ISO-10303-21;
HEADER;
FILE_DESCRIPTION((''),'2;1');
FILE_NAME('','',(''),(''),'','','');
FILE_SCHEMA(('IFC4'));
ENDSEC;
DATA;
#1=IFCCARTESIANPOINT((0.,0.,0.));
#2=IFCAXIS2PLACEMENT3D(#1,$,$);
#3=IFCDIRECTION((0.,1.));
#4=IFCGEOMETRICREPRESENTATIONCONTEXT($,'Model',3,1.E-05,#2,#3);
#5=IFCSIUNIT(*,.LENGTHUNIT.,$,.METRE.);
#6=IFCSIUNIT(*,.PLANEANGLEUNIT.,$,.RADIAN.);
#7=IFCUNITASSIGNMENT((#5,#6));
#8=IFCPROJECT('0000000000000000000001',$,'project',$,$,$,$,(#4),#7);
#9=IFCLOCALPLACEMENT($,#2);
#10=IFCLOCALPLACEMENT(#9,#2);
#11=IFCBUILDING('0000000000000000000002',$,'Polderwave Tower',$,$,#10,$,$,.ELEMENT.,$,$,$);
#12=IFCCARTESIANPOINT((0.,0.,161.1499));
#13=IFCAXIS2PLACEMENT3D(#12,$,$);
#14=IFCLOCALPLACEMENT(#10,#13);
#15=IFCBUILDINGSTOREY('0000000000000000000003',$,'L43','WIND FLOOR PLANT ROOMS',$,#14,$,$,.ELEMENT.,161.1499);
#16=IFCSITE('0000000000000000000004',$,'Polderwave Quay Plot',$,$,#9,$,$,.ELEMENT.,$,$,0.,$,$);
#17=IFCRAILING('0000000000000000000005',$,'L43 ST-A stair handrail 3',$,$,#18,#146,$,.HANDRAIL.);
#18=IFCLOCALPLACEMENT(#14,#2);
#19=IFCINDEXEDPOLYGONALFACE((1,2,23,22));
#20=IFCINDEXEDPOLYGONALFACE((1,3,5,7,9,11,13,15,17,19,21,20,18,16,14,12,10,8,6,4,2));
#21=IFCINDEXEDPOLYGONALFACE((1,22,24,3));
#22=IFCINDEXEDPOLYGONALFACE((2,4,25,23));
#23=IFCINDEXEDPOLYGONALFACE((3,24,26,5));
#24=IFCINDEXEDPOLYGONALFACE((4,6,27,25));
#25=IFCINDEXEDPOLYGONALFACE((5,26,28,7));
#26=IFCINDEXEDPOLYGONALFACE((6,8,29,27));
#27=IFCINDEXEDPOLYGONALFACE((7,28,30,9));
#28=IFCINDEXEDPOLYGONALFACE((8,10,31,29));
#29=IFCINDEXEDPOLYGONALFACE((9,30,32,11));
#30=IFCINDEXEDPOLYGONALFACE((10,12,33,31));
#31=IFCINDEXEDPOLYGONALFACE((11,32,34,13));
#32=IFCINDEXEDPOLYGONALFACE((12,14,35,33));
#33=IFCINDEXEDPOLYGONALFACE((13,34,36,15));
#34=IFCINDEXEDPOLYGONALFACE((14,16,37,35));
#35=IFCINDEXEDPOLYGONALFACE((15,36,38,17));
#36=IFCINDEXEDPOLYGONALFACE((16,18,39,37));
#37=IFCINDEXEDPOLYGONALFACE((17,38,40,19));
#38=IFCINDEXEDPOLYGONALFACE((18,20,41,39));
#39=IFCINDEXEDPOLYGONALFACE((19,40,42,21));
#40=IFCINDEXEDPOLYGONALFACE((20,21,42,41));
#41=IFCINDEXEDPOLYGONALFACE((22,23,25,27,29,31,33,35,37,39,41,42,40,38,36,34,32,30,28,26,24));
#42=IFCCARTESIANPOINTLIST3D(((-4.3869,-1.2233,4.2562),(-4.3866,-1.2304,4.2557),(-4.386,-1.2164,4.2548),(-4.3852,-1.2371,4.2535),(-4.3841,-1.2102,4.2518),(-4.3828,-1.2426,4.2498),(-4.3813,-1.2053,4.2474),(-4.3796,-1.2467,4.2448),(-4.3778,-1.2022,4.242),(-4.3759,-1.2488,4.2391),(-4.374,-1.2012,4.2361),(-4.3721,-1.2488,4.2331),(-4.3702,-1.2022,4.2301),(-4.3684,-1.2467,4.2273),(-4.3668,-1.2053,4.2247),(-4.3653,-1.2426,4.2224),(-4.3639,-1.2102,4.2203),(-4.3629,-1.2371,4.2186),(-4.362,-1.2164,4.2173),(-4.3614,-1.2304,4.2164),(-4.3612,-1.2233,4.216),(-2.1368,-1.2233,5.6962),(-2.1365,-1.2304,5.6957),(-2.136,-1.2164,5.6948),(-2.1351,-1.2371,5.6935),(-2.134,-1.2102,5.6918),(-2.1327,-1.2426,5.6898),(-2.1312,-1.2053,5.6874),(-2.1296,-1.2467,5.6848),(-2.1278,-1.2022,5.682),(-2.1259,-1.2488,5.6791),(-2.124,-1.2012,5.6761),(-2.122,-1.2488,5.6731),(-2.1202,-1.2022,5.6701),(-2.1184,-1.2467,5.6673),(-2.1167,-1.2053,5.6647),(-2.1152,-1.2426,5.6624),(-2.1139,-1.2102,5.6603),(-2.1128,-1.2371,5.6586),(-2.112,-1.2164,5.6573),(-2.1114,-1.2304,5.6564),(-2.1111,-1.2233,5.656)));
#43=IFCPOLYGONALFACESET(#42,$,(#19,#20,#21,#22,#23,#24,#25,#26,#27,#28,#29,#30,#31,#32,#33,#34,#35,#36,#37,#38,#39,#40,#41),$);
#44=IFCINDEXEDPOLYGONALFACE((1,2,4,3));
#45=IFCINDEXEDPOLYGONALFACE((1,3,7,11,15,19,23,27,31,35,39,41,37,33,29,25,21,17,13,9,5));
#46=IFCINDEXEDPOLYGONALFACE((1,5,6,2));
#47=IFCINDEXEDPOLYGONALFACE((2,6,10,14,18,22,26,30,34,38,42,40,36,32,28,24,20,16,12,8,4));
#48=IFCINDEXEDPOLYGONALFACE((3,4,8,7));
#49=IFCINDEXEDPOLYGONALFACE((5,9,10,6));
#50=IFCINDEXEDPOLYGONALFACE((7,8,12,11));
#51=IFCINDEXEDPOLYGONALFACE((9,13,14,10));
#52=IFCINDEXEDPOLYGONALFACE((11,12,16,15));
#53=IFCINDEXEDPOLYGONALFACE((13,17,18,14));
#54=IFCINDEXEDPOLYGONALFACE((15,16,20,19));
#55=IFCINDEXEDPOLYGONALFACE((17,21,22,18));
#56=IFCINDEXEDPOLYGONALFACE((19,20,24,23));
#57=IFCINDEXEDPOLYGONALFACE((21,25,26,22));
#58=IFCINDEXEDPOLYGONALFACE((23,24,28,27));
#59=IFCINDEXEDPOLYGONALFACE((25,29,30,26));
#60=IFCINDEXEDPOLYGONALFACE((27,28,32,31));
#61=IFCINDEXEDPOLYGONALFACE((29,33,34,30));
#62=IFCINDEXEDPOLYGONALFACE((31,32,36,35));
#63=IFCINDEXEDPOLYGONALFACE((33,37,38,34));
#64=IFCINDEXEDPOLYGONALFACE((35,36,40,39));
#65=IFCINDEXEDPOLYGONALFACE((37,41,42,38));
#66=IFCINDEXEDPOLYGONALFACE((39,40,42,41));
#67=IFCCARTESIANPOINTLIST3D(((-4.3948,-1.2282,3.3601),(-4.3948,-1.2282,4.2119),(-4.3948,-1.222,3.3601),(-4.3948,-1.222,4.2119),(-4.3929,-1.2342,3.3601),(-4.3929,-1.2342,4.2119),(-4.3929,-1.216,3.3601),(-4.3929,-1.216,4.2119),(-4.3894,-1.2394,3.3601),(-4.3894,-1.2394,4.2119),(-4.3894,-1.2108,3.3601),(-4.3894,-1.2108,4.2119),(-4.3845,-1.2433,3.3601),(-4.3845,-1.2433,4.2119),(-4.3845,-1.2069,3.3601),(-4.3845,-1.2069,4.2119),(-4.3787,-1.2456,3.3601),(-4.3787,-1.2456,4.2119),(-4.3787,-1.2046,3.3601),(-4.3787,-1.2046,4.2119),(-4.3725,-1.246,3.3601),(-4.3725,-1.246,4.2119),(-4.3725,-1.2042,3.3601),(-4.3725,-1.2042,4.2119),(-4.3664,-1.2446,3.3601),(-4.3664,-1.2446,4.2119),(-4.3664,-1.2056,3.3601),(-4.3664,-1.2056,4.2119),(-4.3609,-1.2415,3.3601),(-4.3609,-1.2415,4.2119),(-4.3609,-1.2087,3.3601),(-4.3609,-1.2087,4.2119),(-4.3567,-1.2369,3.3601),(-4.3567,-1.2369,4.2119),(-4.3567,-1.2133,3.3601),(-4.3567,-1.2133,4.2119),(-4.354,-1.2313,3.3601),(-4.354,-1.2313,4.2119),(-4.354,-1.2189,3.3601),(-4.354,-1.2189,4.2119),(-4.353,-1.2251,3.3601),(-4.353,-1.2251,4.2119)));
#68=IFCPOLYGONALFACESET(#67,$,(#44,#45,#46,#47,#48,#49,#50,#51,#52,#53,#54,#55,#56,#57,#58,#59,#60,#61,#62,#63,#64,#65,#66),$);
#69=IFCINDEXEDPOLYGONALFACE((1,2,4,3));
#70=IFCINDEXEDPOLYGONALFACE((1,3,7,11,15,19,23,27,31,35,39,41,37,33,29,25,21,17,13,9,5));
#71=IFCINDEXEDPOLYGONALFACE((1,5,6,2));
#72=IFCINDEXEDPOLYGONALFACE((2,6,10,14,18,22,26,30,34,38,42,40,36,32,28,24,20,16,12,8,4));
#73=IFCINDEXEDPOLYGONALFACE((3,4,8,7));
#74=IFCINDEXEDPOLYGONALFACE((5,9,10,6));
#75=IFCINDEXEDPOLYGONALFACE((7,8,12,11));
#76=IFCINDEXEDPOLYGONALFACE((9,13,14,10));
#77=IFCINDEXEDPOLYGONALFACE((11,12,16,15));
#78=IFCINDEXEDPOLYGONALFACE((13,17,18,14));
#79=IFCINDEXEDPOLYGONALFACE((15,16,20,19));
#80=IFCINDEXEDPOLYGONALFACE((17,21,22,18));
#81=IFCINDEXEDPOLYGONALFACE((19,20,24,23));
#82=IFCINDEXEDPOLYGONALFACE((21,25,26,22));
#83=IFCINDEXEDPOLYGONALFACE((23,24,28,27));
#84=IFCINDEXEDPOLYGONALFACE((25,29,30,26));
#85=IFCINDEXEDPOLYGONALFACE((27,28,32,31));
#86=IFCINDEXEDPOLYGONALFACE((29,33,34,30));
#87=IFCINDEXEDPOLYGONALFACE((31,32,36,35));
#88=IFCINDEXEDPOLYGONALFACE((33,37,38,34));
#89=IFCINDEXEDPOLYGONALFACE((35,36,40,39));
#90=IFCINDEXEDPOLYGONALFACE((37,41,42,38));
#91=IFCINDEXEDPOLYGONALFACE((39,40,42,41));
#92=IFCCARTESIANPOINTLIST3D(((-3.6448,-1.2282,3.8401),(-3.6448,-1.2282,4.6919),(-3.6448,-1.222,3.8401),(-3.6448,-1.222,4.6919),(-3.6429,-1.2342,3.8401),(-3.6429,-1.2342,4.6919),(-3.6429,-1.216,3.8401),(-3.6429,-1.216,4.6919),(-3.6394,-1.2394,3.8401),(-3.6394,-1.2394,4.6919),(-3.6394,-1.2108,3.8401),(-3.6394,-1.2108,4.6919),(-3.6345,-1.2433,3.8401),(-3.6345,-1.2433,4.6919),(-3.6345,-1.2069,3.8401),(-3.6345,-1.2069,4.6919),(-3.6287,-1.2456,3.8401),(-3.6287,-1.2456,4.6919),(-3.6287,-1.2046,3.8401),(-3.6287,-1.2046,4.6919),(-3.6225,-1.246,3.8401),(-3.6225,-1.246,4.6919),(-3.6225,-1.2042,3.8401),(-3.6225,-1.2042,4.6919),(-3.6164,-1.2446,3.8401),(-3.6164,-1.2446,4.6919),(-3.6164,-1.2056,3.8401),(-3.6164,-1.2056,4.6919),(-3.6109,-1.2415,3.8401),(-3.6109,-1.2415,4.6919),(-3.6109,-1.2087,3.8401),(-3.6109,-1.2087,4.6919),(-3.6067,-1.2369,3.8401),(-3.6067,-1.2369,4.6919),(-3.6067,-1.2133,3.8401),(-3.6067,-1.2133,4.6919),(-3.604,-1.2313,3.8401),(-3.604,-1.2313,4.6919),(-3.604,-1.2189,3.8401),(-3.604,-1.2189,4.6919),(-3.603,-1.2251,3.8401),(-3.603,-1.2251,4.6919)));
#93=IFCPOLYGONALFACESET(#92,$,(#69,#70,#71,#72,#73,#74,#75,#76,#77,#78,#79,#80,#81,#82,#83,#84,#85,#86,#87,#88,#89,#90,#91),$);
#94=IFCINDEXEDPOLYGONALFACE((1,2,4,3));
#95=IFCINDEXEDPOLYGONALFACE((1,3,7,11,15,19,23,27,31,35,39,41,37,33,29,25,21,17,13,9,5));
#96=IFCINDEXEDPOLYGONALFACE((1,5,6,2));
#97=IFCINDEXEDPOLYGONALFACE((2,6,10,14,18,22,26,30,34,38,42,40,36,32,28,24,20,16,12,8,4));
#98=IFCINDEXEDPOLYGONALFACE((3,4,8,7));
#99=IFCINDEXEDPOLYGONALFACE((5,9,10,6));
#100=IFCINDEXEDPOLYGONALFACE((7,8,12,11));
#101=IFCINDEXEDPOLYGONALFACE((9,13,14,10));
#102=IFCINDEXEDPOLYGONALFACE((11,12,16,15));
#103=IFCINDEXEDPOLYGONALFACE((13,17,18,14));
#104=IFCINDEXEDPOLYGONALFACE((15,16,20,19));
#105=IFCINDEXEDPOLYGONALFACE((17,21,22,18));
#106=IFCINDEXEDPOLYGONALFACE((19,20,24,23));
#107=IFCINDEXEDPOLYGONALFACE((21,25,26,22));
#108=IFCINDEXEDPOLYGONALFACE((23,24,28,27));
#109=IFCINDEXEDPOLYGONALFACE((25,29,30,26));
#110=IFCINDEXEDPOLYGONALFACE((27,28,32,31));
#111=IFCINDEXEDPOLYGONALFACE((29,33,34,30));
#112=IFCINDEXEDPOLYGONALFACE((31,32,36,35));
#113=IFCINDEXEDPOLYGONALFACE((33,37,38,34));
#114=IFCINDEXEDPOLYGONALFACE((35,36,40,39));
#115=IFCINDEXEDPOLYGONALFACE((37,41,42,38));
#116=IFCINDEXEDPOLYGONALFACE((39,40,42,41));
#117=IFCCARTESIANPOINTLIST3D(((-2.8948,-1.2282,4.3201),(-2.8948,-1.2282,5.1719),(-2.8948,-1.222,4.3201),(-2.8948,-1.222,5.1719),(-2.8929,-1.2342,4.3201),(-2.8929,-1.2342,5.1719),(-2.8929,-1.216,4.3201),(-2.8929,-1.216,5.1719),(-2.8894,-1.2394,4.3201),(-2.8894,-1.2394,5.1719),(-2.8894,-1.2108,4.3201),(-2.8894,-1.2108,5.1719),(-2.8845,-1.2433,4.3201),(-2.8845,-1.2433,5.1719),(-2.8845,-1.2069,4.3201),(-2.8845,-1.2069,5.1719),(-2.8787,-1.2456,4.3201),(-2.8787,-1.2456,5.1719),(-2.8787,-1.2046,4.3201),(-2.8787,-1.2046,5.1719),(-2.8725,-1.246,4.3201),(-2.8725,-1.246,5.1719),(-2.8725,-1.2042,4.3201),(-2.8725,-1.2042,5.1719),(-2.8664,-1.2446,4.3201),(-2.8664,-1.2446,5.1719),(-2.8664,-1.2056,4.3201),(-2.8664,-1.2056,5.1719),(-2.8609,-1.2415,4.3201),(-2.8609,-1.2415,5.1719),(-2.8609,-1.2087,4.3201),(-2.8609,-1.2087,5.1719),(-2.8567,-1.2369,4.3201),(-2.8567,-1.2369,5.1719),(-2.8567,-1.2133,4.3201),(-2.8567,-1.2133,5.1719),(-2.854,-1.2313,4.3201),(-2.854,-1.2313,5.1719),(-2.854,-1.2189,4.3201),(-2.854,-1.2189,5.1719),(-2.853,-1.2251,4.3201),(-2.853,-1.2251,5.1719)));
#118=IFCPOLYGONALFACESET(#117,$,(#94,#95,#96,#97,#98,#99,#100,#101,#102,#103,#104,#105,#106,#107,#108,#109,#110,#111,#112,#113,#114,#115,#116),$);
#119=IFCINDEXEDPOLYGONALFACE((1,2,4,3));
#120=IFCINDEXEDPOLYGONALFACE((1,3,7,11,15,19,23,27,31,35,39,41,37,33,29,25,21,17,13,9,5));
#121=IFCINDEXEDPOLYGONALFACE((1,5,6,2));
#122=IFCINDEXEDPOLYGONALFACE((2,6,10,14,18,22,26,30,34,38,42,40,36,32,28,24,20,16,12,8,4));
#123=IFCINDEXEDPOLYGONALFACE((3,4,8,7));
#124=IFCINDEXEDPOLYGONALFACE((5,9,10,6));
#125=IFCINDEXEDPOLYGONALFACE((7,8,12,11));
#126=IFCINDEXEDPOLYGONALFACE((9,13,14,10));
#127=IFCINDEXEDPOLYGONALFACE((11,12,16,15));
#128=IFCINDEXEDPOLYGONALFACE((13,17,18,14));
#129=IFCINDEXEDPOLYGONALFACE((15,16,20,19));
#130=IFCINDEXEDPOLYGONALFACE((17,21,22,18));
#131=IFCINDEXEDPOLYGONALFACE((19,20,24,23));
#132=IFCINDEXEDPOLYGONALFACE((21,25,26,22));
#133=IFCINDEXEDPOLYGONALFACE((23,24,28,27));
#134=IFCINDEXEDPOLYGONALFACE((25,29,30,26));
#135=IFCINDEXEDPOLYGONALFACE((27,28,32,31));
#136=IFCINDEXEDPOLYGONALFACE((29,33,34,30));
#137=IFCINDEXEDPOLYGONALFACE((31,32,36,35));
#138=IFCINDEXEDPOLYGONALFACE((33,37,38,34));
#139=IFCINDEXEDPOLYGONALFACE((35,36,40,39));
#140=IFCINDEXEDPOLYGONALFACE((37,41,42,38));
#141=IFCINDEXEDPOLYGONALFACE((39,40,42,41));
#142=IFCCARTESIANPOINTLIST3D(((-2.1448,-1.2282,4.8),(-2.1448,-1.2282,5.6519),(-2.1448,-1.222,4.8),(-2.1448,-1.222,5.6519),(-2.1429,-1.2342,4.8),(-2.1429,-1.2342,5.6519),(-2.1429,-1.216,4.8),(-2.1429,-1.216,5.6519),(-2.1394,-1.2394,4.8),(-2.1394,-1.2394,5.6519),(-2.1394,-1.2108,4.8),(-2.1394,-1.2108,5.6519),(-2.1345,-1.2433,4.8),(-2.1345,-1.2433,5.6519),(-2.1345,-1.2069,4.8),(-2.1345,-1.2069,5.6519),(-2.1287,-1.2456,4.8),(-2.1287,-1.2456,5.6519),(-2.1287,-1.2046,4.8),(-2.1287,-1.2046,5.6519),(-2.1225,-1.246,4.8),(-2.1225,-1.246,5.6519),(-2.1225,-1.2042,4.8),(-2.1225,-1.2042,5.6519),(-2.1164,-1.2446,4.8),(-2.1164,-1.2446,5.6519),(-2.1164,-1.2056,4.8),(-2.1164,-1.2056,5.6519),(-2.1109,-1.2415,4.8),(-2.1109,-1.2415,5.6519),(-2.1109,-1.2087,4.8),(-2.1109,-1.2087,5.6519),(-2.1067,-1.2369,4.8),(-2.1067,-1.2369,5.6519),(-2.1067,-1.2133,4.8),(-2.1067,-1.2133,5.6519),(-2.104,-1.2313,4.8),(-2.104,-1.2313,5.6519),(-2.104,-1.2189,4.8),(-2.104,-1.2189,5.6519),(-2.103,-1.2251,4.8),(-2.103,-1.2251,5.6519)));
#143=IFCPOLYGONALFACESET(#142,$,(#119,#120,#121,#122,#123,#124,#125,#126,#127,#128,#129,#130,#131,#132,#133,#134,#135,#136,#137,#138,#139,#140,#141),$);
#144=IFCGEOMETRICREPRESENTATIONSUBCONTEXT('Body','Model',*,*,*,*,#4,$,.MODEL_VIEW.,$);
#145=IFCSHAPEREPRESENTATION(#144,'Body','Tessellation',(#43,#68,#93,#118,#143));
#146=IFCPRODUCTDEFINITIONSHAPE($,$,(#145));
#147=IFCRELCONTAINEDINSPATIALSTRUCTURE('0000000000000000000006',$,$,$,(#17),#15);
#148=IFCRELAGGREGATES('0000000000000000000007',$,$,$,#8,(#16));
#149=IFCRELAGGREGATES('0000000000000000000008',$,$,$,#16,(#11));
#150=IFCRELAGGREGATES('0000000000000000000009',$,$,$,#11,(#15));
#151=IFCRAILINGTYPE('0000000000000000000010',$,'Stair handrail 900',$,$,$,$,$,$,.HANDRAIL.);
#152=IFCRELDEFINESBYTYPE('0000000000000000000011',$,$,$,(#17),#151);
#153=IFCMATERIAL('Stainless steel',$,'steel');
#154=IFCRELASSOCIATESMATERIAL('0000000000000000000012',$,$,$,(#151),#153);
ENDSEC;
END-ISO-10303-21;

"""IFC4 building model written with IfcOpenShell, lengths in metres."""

from ifc_helpers import new_model, si_unit, direction, frame, origin, origin_2d, place, context, subcontext, project, spatial, circle, extrude, material, type_object, element, save


model = new_model("IFC4")

# Units and contexts
model_context = context("Model", 3, precision=1e-05, world=origin(), true_north=direction((0.0, 1.0)))
body_context = subcontext(model_context, "Body", "Model", "MODEL_VIEW")
ifc_project = project(units=[si_unit("LENGTHUNIT", "METRE"), si_unit("PLANEANGLEUNIT", "RADIAN")], contexts=[model_context])

# Site, building, storey
site_placement = place(None, origin())
site = spatial("IfcSite", under=ifc_project, at=site_placement, Name="Polderwave Quay Plot", CompositionType="ELEMENT", RefElevation=0.0)
building_placement = place(site_placement, origin())
building = spatial("IfcBuilding", under=site, at=building_placement, Name="Polderwave Tower", CompositionType="ELEMENT")
storey_placement = place(building_placement, frame((0.0, 0.0, 161.1499)))
storey = spatial("IfcBuildingStorey", under=building, at=storey_placement, Name="L43", Description="WIND FLOOR PLANT ROOMS", CompositionType="ELEMENT", Elevation=161.1499)

# Railing
ifc_material_1 = material(Name="Stainless steel", Category="steel")
railing_type_1 = type_object("IfcRailingType", Name="Stair handrail 900", PredefinedType="HANDRAIL", material=ifc_material_1)
for number, where, name in (
    (1, (-4.374, -1.2251, 3.3601), "L43 ST-A stair handrail 3"),
):
    element("IfcRailing", number, at=place(storey_placement, frame(where)), inside=storey, type_object=railing_type_1, Name=name, PredefinedType="HANDRAIL", context=body_context, shape_type="SweptSolid", body=[
        extrude(circle(Radius=0.0239, at=origin_2d()), frame((0.0, 0.0, 0.876), z_axis=(0.842281, 0.0, 0.539038), x_axis=(0.0, 1.0, 0.0)), (0.0, 0.0, 1.0), 2.6714),
        extrude(circle(Radius=0.021, at=origin_2d()), origin(), (0.0, 0.0, 1.0), 0.8518),
        extrude(circle(Radius=0.021, at=origin_2d()), frame((0.75, 0.0, 0.48)), (0.0, 0.0, 1.0), 0.8518),
        extrude(circle(Radius=0.021, at=origin_2d()), frame((1.5, 0.0, 0.96)), (0.0, 0.0, 1.0), 0.8518),
        extrude(circle(Radius=0.021, at=origin_2d()), frame((2.25, 0.0, 1.4399)), (0.0, 0.0, 1.0), 0.8518),
    ])

save(model, "model.ifc")
